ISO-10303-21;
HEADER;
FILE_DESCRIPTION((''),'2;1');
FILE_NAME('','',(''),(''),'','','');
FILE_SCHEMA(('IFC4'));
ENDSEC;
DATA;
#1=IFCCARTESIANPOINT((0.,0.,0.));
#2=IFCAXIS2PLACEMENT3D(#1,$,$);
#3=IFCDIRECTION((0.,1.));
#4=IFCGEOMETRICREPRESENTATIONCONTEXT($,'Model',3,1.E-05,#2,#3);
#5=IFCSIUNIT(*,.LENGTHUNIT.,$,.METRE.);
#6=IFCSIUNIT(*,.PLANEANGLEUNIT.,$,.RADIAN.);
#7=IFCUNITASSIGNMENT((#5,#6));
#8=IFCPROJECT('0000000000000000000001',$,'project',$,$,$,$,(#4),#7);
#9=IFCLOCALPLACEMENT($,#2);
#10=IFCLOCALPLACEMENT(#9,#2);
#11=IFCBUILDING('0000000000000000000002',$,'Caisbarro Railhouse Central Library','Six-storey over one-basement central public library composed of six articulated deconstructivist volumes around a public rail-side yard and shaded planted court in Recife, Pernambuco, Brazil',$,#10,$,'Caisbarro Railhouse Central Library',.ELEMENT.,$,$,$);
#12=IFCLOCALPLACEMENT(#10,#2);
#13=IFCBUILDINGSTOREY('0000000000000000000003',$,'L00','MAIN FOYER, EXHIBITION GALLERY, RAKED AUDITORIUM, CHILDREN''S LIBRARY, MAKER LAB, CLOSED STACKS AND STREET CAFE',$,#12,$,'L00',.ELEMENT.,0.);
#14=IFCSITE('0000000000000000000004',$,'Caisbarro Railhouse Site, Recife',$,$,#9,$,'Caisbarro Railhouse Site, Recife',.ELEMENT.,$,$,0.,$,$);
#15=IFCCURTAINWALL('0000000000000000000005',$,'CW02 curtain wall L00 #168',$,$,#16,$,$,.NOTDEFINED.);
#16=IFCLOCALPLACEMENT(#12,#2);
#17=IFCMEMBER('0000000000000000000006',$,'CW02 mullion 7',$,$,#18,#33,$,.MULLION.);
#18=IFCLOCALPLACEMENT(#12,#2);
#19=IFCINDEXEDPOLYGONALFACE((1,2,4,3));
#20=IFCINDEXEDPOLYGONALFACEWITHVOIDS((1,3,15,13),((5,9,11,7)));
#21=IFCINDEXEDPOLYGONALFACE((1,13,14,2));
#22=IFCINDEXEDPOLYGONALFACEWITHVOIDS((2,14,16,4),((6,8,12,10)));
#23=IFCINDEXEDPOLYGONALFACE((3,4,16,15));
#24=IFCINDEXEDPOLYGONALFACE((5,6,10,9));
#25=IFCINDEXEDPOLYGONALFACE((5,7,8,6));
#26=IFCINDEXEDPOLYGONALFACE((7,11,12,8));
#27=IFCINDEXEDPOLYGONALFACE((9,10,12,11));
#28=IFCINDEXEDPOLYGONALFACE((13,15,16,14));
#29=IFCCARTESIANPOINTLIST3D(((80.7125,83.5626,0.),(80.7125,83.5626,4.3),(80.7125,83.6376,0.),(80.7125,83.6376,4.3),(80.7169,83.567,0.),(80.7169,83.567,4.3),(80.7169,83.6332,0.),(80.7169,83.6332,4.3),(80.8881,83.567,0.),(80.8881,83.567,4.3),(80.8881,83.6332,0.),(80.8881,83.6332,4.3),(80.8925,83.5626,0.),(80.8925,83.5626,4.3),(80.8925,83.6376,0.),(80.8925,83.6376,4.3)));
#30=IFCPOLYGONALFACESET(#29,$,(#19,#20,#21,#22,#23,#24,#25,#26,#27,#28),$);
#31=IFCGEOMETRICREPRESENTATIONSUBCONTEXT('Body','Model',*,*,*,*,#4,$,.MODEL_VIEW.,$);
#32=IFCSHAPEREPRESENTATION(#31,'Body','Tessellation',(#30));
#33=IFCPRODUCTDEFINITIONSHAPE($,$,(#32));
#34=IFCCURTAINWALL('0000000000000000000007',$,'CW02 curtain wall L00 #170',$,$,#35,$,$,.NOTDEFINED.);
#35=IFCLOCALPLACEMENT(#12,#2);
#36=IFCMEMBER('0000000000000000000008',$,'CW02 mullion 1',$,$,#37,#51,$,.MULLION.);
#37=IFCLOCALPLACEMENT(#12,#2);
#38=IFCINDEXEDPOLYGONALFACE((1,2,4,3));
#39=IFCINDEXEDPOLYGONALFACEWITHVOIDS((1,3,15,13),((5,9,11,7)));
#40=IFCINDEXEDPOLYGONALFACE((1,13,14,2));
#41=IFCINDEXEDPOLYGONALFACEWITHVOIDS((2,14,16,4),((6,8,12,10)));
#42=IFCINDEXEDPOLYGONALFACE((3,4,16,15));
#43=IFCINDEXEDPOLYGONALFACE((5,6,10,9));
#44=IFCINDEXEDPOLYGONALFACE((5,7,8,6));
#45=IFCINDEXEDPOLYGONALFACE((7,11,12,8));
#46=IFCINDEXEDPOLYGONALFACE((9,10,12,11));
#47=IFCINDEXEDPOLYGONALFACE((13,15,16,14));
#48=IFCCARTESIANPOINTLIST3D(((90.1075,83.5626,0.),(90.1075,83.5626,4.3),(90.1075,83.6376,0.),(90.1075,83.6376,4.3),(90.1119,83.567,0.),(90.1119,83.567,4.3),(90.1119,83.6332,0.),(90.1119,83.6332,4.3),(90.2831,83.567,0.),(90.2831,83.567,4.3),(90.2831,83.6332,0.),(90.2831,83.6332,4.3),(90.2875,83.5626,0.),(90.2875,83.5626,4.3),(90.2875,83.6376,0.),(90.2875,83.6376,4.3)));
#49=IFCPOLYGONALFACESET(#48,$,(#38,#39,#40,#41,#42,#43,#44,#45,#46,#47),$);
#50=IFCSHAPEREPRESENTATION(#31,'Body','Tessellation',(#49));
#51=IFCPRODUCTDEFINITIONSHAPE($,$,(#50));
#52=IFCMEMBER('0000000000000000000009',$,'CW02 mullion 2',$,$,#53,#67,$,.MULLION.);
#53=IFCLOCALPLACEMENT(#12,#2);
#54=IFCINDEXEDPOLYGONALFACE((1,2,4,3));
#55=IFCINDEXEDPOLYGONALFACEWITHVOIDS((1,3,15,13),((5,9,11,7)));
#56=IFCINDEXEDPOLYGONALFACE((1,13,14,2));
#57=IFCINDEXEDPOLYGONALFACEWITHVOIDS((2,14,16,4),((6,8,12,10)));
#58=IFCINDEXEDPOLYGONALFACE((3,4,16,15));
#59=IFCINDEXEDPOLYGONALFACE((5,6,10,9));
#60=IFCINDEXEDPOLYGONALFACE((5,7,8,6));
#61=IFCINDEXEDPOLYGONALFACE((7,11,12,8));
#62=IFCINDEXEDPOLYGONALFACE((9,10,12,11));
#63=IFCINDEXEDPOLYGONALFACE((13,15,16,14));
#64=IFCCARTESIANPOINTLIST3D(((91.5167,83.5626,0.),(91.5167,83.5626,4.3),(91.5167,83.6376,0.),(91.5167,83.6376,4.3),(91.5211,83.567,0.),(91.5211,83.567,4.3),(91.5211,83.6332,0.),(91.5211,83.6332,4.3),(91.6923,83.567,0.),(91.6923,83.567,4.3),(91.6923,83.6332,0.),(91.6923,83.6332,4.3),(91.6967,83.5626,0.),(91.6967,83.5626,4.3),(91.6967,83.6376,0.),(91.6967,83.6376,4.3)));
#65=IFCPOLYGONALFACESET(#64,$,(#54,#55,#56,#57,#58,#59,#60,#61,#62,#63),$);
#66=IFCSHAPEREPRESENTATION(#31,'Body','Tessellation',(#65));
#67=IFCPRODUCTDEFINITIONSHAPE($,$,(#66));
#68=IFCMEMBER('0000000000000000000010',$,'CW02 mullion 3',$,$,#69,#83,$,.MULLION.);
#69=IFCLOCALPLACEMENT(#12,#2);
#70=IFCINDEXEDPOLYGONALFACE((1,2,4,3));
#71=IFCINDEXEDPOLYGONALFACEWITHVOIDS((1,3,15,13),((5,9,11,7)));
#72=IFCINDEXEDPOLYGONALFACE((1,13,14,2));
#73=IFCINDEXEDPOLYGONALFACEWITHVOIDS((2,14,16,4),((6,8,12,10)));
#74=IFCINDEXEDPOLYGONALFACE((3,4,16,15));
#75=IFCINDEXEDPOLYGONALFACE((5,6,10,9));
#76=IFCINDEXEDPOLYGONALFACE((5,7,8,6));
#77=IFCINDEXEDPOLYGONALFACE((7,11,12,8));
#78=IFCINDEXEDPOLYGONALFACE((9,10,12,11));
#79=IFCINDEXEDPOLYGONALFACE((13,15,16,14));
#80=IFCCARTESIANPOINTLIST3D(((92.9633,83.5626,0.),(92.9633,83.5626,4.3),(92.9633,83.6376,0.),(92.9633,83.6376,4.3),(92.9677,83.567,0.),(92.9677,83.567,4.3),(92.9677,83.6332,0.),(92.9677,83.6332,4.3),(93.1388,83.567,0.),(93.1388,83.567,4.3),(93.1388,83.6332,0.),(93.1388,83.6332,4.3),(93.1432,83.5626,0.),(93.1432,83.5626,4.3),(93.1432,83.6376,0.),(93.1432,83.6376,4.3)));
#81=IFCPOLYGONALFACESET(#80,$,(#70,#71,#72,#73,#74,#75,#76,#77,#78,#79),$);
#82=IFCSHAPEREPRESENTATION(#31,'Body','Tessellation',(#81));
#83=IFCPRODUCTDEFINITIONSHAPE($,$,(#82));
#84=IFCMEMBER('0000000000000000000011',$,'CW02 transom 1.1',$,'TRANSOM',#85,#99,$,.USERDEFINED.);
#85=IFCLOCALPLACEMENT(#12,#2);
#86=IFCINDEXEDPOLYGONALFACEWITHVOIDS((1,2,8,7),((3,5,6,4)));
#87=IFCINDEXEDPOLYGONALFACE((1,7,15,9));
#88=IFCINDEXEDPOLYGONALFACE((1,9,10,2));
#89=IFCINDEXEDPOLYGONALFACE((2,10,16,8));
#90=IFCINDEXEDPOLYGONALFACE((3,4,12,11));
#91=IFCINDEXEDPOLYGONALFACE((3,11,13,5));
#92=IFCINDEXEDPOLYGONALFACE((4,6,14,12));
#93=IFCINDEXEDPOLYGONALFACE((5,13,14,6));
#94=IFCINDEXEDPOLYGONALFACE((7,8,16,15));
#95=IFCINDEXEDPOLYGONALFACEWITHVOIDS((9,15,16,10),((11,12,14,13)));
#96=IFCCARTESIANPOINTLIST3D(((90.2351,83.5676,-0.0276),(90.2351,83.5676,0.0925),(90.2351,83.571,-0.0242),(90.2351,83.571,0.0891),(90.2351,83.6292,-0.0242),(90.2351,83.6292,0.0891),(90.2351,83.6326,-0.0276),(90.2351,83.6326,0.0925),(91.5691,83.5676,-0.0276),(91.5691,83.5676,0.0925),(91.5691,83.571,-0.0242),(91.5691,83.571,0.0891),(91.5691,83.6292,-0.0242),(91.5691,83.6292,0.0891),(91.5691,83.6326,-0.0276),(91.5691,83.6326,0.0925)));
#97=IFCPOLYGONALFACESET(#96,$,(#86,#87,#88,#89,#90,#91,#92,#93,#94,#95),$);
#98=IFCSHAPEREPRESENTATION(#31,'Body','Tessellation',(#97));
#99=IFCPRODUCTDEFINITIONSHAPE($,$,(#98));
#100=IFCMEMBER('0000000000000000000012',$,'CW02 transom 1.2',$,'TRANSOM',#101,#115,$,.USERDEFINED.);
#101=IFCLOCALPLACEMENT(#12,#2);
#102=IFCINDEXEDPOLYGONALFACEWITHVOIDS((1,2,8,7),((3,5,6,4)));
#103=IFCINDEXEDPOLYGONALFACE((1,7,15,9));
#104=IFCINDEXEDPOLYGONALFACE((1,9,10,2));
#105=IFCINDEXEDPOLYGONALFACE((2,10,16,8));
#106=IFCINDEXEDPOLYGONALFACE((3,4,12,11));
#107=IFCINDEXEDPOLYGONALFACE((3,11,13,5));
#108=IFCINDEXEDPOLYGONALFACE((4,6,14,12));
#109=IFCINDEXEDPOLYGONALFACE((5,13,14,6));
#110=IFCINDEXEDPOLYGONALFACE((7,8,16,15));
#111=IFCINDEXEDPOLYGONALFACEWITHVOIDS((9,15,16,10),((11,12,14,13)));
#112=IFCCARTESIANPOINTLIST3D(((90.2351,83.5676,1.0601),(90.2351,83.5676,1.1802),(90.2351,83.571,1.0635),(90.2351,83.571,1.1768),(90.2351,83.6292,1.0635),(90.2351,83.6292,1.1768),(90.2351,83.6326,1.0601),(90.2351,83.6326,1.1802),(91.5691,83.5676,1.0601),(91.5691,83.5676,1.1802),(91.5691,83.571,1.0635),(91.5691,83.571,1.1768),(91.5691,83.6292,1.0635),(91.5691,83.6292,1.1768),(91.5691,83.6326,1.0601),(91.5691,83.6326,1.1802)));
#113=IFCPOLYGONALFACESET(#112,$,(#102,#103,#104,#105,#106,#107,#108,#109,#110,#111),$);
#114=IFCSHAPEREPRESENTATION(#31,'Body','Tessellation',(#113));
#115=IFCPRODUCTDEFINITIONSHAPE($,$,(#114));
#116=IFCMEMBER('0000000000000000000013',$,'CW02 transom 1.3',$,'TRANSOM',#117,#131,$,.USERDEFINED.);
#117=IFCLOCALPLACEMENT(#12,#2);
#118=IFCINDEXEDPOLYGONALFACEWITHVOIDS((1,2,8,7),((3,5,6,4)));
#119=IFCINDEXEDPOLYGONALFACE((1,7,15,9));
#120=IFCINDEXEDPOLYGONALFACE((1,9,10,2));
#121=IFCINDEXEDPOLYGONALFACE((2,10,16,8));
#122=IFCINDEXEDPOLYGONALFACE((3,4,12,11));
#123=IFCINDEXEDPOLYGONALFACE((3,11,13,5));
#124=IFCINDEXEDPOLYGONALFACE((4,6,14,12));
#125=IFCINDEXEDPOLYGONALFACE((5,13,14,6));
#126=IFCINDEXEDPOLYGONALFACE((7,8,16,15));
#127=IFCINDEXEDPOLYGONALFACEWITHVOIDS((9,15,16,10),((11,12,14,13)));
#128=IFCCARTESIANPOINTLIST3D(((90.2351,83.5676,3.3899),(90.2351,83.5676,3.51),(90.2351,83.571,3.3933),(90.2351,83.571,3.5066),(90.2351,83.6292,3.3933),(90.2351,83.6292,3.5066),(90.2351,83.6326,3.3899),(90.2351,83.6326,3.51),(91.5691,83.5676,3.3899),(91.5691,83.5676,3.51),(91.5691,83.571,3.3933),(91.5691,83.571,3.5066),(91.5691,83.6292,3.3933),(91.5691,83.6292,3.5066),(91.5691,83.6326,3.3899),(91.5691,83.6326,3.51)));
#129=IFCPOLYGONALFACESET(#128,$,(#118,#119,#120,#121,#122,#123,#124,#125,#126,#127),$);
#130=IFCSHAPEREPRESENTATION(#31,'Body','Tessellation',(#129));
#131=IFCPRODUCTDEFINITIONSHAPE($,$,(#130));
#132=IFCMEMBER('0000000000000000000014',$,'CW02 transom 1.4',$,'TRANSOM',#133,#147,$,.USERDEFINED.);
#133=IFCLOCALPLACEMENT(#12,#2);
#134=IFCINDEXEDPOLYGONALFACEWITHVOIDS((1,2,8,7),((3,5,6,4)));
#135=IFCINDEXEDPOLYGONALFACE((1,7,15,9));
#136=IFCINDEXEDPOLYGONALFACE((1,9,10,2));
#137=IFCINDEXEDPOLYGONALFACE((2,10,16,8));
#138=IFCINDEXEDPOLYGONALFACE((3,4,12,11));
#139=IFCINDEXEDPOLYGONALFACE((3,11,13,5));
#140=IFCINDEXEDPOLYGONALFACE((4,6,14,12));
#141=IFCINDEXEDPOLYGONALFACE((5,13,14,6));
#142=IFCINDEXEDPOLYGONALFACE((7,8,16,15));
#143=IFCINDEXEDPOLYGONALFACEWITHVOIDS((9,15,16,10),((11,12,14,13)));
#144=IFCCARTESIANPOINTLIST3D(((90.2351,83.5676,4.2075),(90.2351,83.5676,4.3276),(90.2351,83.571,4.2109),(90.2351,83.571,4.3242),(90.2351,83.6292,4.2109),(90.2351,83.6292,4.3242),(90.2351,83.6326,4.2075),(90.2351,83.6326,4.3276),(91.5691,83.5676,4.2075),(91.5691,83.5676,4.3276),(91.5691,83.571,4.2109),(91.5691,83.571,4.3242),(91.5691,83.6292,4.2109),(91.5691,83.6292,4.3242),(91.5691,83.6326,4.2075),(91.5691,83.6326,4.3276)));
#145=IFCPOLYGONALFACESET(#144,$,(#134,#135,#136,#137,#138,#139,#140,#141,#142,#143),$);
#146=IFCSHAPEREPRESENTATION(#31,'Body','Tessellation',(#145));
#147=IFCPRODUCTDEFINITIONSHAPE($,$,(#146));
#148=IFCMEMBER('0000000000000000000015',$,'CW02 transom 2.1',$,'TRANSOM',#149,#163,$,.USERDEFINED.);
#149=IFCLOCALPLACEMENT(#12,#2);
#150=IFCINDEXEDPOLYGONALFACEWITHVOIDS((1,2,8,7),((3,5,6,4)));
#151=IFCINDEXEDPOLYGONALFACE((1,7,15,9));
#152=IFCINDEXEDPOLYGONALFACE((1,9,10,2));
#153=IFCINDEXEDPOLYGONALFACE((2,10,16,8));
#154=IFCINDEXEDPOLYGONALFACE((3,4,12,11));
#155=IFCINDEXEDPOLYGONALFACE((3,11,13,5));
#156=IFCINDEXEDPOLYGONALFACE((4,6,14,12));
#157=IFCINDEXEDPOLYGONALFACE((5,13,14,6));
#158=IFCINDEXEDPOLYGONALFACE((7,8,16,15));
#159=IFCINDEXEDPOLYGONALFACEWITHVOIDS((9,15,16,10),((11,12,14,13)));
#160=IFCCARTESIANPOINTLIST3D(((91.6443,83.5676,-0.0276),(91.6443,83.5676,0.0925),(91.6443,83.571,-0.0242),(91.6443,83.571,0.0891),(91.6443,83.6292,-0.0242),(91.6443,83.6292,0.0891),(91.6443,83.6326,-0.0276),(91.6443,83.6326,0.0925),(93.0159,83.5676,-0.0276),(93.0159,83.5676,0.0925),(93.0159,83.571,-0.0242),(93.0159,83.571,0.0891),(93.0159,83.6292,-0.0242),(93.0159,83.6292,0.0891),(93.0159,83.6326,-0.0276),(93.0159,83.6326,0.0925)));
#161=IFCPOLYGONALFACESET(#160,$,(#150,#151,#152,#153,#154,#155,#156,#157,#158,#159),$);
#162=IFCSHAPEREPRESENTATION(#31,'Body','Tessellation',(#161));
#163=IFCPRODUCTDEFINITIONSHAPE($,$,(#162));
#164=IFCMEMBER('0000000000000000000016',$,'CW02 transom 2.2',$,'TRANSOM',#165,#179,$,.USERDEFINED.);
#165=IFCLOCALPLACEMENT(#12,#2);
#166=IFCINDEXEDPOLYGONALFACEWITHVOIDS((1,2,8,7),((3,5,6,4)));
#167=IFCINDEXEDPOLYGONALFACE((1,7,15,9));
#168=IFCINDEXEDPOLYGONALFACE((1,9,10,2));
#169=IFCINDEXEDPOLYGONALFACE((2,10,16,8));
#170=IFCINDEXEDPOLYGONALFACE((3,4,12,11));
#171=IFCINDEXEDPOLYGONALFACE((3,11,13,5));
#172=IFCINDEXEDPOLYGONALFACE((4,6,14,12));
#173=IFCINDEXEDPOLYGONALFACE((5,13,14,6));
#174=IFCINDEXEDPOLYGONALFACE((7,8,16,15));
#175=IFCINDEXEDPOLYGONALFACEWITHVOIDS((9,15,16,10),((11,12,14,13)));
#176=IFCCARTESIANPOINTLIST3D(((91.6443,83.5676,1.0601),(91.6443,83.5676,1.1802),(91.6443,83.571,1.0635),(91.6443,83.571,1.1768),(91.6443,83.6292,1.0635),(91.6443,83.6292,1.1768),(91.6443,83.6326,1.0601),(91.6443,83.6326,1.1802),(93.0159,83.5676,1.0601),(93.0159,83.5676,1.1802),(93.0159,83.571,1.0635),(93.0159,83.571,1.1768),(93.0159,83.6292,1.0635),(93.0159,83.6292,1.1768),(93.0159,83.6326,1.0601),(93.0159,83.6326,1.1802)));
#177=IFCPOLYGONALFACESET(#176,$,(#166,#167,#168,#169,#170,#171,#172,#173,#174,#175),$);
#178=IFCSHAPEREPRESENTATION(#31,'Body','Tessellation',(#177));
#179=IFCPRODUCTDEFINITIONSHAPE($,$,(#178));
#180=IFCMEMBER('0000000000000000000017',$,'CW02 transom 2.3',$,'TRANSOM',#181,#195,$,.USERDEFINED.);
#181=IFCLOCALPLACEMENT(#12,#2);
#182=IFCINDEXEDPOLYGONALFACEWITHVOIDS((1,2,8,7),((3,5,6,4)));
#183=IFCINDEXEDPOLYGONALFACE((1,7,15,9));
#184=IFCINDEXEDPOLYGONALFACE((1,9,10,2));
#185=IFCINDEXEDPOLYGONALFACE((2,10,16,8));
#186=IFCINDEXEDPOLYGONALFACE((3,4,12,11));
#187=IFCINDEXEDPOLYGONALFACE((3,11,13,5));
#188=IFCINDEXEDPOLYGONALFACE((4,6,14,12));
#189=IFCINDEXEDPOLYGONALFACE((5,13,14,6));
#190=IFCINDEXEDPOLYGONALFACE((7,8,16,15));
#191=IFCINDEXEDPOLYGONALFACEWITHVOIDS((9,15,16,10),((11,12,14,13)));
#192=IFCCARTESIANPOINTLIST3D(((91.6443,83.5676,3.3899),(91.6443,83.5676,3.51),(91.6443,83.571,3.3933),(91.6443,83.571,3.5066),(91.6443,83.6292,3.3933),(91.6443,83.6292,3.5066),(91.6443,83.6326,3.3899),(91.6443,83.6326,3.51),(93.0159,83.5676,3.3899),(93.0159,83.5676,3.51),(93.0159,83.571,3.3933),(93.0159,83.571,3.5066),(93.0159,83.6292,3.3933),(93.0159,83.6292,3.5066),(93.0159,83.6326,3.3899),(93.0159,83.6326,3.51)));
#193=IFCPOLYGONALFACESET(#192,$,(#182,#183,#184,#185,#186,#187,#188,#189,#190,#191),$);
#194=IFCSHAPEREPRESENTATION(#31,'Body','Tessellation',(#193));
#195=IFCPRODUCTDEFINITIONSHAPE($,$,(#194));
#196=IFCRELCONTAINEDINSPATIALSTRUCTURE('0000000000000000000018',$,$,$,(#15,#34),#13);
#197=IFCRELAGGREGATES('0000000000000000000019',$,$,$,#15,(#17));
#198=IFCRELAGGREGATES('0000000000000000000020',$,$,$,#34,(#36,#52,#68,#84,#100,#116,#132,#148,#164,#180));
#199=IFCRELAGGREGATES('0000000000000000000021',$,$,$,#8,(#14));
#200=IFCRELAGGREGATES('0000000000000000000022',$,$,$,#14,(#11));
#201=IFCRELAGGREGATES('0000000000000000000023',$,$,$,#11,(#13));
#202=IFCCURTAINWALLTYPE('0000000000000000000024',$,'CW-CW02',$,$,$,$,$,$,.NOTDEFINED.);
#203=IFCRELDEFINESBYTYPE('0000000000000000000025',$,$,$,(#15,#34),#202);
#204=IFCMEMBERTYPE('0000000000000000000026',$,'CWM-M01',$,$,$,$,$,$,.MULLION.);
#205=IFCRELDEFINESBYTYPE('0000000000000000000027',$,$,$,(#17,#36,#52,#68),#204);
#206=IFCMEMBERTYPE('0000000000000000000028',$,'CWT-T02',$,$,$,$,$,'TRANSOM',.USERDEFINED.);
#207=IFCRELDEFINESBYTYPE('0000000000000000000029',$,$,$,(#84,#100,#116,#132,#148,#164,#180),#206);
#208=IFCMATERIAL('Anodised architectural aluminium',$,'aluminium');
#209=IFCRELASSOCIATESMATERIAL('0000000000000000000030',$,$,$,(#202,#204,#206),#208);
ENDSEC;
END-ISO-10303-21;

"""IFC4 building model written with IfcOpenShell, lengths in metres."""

from ifc_helpers import new_model, si_unit, direction, frame, origin, origin_2d, place, context, subcontext, project, spatial, hollow_rectangle, extrude, material, material_profile, profile_set, type_object, element, aggregate, save


model = new_model("IFC4")

# Units and contexts
model_context = context("Model", 3, precision=1e-05, world=origin(), true_north=direction((0.0, 1.0)))
body_context = subcontext(model_context, "Body", "Model", "MODEL_VIEW")
ifc_project = project(units=[si_unit("LENGTHUNIT", "METRE"), si_unit("PLANEANGLEUNIT", "RADIAN")], contexts=[model_context])

# Site, building, storey
site_placement = place(None, origin())
site = spatial("IfcSite", under=ifc_project, at=site_placement, Name="Caisbarro Railhouse Site, Recife", LongName="Caisbarro Railhouse Site, Recife", CompositionType="ELEMENT", RefElevation=0.0)
building_placement = place(site_placement, origin())
building = spatial("IfcBuilding", under=site, at=building_placement, Name="Caisbarro Railhouse Central Library", Description="Six-storey over one-basement central public library composed of six articulated deconstructivist volumes around a public rail-side yard and shaded planted court in Recife, Pernambuco, Brazil", LongName="Caisbarro Railhouse Central Library", CompositionType="ELEMENT")
storey_placement = place(building_placement, origin())
storey = spatial("IfcBuildingStorey", under=building, at=storey_placement, Name="L00", Description="MAIN FOYER, EXHIBITION GALLERY, RAKED AUDITORIUM, CHILDREN'S LIBRARY, MAKER LAB, CLOSED STACKS AND STREET CAFE", LongName="L00", CompositionType="ELEMENT", Elevation=0.0)

# Curtain wall, member
ifc_material_1 = material(Name="Anodised architectural aluminium", Category="aluminium")
curtain_wall_type = type_object("IfcCurtainWallType", Name="CW-CW02", PredefinedType="NOTDEFINED", material=ifc_material_1)
curtain_wall_1_placement = place(storey_placement, origin())
curtain_wall_1 = element("IfcCurtainWall", 1, at=curtain_wall_1_placement, inside=storey, type_object=curtain_wall_type, Name="CW02 curtain wall L00 #168", PredefinedType="NOTDEFINED")
ifc_material_profile_1 = material_profile(ifc_material_1, hollow_rectangle(XDim=0.075, YDim=0.1799, WallThickness=0.0044, at=origin_2d()), Name="ALU-MUL-75X180")
ifc_profile_set_1 = profile_set([ifc_material_profile_1], Name="Anodised architectural aluminium")
member_type_1 = type_object("IfcMemberType", Name="CWM-M01", PredefinedType="MULLION", material=ifc_profile_set_1)
member_1_placement = place(storey_placement, frame((80.8025, 83.6001, 0.0), z_axis=(0.0, 0.0, 1.0), x_axis=(0.0, 1.0, 0.0)))
member_1 = element("IfcMember", 2, at=member_1_placement, type_object=member_type_1, Name="CW02 mullion 7", PredefinedType="MULLION", context=body_context, shape_type="SweptSolid", body=[
    extrude(hollow_rectangle(XDim=0.075, YDim=0.1799, WallThickness=0.0044, at=origin_2d()), origin(), (0.0, 0.0, 1.0), 4.3),
])

# Curtain wall, members
curtain_wall_2_placement = place(storey_placement, origin())
curtain_wall_2 = element("IfcCurtainWall", 3, at=curtain_wall_2_placement, inside=storey, type_object=curtain_wall_type, Name="CW02 curtain wall L00 #170", PredefinedType="NOTDEFINED")
member_2_placement = place(storey_placement, frame((90.1975, 83.6001, 0.0), z_axis=(0.0, 0.0, 1.0), x_axis=(0.0, 1.0, 0.0)))
member_2 = element("IfcMember", 4, at=member_2_placement, type_object=member_type_1, Name="CW02 mullion 1", PredefinedType="MULLION", context=body_context, shape_type="SweptSolid", body=[
    extrude(hollow_rectangle(XDim=0.075, YDim=0.1799, WallThickness=0.0044, at=origin_2d()), origin(), (0.0, 0.0, 1.0), 4.3),
])
member_3_placement = place(storey_placement, frame((91.6067, 83.6001, 0.0), z_axis=(0.0, 0.0, 1.0), x_axis=(0.0, 1.0, 0.0)))
member_3 = element("IfcMember", 5, at=member_3_placement, type_object=member_type_1, Name="CW02 mullion 2", PredefinedType="MULLION", context=body_context, shape_type="SweptSolid", body=[
    extrude(hollow_rectangle(XDim=0.075, YDim=0.1799, WallThickness=0.0044, at=origin_2d()), origin(), (0.0, 0.0, 1.0), 4.3),
])
member_4_placement = place(storey_placement, frame((93.0532, 83.6001, 0.0), z_axis=(0.0, 0.0, 1.0), x_axis=(0.0, 1.0, 0.0)))
member_4 = element("IfcMember", 6, at=member_4_placement, type_object=member_type_1, Name="CW02 mullion 3", PredefinedType="MULLION", context=body_context, shape_type="SweptSolid", body=[
    extrude(hollow_rectangle(XDim=0.075, YDim=0.1799, WallThickness=0.0044, at=origin_2d()), origin(), (0.0, 0.0, 1.0), 4.3),
])
ifc_material_profile_2 = material_profile(ifc_material_1, hollow_rectangle(XDim=0.0649, YDim=0.1201, WallThickness=0.0034, at=origin_2d()), Name="ALU-TRN-65X120")
ifc_profile_set_2 = profile_set([ifc_material_profile_2], Name="Anodised architectural aluminium")
member_type_2 = type_object("IfcMemberType", Name="CWT-T02", ElementType="TRANSOM", PredefinedType="USERDEFINED", material=ifc_profile_set_2)
member_5_placement = place(storey_placement, frame((90.2351, 83.6001, 0.0325), z_axis=(1.0, 0.0, 0.0), x_axis=(0.0, 1.0, 0.0)))
member_5 = element("IfcMember", 7, at=member_5_placement, type_object=member_type_2, Name="CW02 transom 1.1", ObjectType="TRANSOM", PredefinedType="USERDEFINED", context=body_context, shape_type="SweptSolid", body=[
    extrude(hollow_rectangle(XDim=0.0649, YDim=0.1201, WallThickness=0.0034, at=origin_2d()), origin(), (0.0, 0.0, 1.0), 1.334),
])
member_6_placement = place(storey_placement, frame((90.2351, 83.6001, 1.1201), z_axis=(1.0, 0.0, 0.0), x_axis=(0.0, 1.0, 0.0)))
member_6 = element("IfcMember", 8, at=member_6_placement, type_object=member_type_2, Name="CW02 transom 1.2", ObjectType="TRANSOM", PredefinedType="USERDEFINED", context=body_context, shape_type="SweptSolid", body=[
    extrude(hollow_rectangle(XDim=0.0649, YDim=0.1201, WallThickness=0.0034, at=origin_2d()), origin(), (0.0, 0.0, 1.0), 1.334),
])
member_7_placement = place(storey_placement, frame((90.2351, 83.6001, 3.45), z_axis=(1.0, 0.0, 0.0), x_axis=(0.0, 1.0, 0.0)))
member_7 = element("IfcMember", 9, at=member_7_placement, type_object=member_type_2, Name="CW02 transom 1.3", ObjectType="TRANSOM", PredefinedType="USERDEFINED", context=body_context, shape_type="SweptSolid", body=[
    extrude(hollow_rectangle(XDim=0.0649, YDim=0.1201, WallThickness=0.0034, at=origin_2d()), origin(), (0.0, 0.0, 1.0), 1.334),
])
member_8_placement = place(storey_placement, frame((90.2351, 83.6001, 4.2676), z_axis=(1.0, 0.0, 0.0), x_axis=(0.0, 1.0, 0.0)))
member_8 = element("IfcMember", 10, at=member_8_placement, type_object=member_type_2, Name="CW02 transom 1.4", ObjectType="TRANSOM", PredefinedType="USERDEFINED", context=body_context, shape_type="SweptSolid", body=[
    extrude(hollow_rectangle(XDim=0.0649, YDim=0.1201, WallThickness=0.0034, at=origin_2d()), origin(), (0.0, 0.0, 1.0), 1.334),
])
member_9_placement = place(storey_placement, frame((91.6443, 83.6001, 0.0325), z_axis=(1.0, 0.0, 0.0), x_axis=(0.0, 1.0, 0.0)))
member_9 = element("IfcMember", 11, at=member_9_placement, type_object=member_type_2, Name="CW02 transom 2.1", ObjectType="TRANSOM", PredefinedType="USERDEFINED", context=body_context, shape_type="SweptSolid", body=[
    extrude(hollow_rectangle(XDim=0.0649, YDim=0.1201, WallThickness=0.0034, at=origin_2d()), origin(), (0.0, 0.0, 1.0), 1.3716),
])
member_10_placement = place(storey_placement, frame((91.6443, 83.6001, 1.1201), z_axis=(1.0, 0.0, 0.0), x_axis=(0.0, 1.0, 0.0)))
member_10 = element("IfcMember", 12, at=member_10_placement, type_object=member_type_2, Name="CW02 transom 2.2", ObjectType="TRANSOM", PredefinedType="USERDEFINED", context=body_context, shape_type="SweptSolid", body=[
    extrude(hollow_rectangle(XDim=0.0649, YDim=0.1201, WallThickness=0.0034, at=origin_2d()), origin(), (0.0, 0.0, 1.0), 1.3716),
])
member_11_placement = place(storey_placement, frame((91.6443, 83.6001, 3.45), z_axis=(1.0, 0.0, 0.0), x_axis=(0.0, 1.0, 0.0)))
member_11 = element("IfcMember", 13, at=member_11_placement, type_object=member_type_2, Name="CW02 transom 2.3", ObjectType="TRANSOM", PredefinedType="USERDEFINED", context=body_context, shape_type="SweptSolid", body=[
    extrude(hollow_rectangle(XDim=0.0649, YDim=0.1201, WallThickness=0.0034, at=origin_2d()), origin(), (0.0, 0.0, 1.0), 1.3716),
])

aggregate(curtain_wall_1, [member_1])
aggregate(curtain_wall_2, [member_2, member_3, member_4, member_5, member_6, member_7, member_8, member_9, member_10, member_11])

save(model, "model.ifc")
